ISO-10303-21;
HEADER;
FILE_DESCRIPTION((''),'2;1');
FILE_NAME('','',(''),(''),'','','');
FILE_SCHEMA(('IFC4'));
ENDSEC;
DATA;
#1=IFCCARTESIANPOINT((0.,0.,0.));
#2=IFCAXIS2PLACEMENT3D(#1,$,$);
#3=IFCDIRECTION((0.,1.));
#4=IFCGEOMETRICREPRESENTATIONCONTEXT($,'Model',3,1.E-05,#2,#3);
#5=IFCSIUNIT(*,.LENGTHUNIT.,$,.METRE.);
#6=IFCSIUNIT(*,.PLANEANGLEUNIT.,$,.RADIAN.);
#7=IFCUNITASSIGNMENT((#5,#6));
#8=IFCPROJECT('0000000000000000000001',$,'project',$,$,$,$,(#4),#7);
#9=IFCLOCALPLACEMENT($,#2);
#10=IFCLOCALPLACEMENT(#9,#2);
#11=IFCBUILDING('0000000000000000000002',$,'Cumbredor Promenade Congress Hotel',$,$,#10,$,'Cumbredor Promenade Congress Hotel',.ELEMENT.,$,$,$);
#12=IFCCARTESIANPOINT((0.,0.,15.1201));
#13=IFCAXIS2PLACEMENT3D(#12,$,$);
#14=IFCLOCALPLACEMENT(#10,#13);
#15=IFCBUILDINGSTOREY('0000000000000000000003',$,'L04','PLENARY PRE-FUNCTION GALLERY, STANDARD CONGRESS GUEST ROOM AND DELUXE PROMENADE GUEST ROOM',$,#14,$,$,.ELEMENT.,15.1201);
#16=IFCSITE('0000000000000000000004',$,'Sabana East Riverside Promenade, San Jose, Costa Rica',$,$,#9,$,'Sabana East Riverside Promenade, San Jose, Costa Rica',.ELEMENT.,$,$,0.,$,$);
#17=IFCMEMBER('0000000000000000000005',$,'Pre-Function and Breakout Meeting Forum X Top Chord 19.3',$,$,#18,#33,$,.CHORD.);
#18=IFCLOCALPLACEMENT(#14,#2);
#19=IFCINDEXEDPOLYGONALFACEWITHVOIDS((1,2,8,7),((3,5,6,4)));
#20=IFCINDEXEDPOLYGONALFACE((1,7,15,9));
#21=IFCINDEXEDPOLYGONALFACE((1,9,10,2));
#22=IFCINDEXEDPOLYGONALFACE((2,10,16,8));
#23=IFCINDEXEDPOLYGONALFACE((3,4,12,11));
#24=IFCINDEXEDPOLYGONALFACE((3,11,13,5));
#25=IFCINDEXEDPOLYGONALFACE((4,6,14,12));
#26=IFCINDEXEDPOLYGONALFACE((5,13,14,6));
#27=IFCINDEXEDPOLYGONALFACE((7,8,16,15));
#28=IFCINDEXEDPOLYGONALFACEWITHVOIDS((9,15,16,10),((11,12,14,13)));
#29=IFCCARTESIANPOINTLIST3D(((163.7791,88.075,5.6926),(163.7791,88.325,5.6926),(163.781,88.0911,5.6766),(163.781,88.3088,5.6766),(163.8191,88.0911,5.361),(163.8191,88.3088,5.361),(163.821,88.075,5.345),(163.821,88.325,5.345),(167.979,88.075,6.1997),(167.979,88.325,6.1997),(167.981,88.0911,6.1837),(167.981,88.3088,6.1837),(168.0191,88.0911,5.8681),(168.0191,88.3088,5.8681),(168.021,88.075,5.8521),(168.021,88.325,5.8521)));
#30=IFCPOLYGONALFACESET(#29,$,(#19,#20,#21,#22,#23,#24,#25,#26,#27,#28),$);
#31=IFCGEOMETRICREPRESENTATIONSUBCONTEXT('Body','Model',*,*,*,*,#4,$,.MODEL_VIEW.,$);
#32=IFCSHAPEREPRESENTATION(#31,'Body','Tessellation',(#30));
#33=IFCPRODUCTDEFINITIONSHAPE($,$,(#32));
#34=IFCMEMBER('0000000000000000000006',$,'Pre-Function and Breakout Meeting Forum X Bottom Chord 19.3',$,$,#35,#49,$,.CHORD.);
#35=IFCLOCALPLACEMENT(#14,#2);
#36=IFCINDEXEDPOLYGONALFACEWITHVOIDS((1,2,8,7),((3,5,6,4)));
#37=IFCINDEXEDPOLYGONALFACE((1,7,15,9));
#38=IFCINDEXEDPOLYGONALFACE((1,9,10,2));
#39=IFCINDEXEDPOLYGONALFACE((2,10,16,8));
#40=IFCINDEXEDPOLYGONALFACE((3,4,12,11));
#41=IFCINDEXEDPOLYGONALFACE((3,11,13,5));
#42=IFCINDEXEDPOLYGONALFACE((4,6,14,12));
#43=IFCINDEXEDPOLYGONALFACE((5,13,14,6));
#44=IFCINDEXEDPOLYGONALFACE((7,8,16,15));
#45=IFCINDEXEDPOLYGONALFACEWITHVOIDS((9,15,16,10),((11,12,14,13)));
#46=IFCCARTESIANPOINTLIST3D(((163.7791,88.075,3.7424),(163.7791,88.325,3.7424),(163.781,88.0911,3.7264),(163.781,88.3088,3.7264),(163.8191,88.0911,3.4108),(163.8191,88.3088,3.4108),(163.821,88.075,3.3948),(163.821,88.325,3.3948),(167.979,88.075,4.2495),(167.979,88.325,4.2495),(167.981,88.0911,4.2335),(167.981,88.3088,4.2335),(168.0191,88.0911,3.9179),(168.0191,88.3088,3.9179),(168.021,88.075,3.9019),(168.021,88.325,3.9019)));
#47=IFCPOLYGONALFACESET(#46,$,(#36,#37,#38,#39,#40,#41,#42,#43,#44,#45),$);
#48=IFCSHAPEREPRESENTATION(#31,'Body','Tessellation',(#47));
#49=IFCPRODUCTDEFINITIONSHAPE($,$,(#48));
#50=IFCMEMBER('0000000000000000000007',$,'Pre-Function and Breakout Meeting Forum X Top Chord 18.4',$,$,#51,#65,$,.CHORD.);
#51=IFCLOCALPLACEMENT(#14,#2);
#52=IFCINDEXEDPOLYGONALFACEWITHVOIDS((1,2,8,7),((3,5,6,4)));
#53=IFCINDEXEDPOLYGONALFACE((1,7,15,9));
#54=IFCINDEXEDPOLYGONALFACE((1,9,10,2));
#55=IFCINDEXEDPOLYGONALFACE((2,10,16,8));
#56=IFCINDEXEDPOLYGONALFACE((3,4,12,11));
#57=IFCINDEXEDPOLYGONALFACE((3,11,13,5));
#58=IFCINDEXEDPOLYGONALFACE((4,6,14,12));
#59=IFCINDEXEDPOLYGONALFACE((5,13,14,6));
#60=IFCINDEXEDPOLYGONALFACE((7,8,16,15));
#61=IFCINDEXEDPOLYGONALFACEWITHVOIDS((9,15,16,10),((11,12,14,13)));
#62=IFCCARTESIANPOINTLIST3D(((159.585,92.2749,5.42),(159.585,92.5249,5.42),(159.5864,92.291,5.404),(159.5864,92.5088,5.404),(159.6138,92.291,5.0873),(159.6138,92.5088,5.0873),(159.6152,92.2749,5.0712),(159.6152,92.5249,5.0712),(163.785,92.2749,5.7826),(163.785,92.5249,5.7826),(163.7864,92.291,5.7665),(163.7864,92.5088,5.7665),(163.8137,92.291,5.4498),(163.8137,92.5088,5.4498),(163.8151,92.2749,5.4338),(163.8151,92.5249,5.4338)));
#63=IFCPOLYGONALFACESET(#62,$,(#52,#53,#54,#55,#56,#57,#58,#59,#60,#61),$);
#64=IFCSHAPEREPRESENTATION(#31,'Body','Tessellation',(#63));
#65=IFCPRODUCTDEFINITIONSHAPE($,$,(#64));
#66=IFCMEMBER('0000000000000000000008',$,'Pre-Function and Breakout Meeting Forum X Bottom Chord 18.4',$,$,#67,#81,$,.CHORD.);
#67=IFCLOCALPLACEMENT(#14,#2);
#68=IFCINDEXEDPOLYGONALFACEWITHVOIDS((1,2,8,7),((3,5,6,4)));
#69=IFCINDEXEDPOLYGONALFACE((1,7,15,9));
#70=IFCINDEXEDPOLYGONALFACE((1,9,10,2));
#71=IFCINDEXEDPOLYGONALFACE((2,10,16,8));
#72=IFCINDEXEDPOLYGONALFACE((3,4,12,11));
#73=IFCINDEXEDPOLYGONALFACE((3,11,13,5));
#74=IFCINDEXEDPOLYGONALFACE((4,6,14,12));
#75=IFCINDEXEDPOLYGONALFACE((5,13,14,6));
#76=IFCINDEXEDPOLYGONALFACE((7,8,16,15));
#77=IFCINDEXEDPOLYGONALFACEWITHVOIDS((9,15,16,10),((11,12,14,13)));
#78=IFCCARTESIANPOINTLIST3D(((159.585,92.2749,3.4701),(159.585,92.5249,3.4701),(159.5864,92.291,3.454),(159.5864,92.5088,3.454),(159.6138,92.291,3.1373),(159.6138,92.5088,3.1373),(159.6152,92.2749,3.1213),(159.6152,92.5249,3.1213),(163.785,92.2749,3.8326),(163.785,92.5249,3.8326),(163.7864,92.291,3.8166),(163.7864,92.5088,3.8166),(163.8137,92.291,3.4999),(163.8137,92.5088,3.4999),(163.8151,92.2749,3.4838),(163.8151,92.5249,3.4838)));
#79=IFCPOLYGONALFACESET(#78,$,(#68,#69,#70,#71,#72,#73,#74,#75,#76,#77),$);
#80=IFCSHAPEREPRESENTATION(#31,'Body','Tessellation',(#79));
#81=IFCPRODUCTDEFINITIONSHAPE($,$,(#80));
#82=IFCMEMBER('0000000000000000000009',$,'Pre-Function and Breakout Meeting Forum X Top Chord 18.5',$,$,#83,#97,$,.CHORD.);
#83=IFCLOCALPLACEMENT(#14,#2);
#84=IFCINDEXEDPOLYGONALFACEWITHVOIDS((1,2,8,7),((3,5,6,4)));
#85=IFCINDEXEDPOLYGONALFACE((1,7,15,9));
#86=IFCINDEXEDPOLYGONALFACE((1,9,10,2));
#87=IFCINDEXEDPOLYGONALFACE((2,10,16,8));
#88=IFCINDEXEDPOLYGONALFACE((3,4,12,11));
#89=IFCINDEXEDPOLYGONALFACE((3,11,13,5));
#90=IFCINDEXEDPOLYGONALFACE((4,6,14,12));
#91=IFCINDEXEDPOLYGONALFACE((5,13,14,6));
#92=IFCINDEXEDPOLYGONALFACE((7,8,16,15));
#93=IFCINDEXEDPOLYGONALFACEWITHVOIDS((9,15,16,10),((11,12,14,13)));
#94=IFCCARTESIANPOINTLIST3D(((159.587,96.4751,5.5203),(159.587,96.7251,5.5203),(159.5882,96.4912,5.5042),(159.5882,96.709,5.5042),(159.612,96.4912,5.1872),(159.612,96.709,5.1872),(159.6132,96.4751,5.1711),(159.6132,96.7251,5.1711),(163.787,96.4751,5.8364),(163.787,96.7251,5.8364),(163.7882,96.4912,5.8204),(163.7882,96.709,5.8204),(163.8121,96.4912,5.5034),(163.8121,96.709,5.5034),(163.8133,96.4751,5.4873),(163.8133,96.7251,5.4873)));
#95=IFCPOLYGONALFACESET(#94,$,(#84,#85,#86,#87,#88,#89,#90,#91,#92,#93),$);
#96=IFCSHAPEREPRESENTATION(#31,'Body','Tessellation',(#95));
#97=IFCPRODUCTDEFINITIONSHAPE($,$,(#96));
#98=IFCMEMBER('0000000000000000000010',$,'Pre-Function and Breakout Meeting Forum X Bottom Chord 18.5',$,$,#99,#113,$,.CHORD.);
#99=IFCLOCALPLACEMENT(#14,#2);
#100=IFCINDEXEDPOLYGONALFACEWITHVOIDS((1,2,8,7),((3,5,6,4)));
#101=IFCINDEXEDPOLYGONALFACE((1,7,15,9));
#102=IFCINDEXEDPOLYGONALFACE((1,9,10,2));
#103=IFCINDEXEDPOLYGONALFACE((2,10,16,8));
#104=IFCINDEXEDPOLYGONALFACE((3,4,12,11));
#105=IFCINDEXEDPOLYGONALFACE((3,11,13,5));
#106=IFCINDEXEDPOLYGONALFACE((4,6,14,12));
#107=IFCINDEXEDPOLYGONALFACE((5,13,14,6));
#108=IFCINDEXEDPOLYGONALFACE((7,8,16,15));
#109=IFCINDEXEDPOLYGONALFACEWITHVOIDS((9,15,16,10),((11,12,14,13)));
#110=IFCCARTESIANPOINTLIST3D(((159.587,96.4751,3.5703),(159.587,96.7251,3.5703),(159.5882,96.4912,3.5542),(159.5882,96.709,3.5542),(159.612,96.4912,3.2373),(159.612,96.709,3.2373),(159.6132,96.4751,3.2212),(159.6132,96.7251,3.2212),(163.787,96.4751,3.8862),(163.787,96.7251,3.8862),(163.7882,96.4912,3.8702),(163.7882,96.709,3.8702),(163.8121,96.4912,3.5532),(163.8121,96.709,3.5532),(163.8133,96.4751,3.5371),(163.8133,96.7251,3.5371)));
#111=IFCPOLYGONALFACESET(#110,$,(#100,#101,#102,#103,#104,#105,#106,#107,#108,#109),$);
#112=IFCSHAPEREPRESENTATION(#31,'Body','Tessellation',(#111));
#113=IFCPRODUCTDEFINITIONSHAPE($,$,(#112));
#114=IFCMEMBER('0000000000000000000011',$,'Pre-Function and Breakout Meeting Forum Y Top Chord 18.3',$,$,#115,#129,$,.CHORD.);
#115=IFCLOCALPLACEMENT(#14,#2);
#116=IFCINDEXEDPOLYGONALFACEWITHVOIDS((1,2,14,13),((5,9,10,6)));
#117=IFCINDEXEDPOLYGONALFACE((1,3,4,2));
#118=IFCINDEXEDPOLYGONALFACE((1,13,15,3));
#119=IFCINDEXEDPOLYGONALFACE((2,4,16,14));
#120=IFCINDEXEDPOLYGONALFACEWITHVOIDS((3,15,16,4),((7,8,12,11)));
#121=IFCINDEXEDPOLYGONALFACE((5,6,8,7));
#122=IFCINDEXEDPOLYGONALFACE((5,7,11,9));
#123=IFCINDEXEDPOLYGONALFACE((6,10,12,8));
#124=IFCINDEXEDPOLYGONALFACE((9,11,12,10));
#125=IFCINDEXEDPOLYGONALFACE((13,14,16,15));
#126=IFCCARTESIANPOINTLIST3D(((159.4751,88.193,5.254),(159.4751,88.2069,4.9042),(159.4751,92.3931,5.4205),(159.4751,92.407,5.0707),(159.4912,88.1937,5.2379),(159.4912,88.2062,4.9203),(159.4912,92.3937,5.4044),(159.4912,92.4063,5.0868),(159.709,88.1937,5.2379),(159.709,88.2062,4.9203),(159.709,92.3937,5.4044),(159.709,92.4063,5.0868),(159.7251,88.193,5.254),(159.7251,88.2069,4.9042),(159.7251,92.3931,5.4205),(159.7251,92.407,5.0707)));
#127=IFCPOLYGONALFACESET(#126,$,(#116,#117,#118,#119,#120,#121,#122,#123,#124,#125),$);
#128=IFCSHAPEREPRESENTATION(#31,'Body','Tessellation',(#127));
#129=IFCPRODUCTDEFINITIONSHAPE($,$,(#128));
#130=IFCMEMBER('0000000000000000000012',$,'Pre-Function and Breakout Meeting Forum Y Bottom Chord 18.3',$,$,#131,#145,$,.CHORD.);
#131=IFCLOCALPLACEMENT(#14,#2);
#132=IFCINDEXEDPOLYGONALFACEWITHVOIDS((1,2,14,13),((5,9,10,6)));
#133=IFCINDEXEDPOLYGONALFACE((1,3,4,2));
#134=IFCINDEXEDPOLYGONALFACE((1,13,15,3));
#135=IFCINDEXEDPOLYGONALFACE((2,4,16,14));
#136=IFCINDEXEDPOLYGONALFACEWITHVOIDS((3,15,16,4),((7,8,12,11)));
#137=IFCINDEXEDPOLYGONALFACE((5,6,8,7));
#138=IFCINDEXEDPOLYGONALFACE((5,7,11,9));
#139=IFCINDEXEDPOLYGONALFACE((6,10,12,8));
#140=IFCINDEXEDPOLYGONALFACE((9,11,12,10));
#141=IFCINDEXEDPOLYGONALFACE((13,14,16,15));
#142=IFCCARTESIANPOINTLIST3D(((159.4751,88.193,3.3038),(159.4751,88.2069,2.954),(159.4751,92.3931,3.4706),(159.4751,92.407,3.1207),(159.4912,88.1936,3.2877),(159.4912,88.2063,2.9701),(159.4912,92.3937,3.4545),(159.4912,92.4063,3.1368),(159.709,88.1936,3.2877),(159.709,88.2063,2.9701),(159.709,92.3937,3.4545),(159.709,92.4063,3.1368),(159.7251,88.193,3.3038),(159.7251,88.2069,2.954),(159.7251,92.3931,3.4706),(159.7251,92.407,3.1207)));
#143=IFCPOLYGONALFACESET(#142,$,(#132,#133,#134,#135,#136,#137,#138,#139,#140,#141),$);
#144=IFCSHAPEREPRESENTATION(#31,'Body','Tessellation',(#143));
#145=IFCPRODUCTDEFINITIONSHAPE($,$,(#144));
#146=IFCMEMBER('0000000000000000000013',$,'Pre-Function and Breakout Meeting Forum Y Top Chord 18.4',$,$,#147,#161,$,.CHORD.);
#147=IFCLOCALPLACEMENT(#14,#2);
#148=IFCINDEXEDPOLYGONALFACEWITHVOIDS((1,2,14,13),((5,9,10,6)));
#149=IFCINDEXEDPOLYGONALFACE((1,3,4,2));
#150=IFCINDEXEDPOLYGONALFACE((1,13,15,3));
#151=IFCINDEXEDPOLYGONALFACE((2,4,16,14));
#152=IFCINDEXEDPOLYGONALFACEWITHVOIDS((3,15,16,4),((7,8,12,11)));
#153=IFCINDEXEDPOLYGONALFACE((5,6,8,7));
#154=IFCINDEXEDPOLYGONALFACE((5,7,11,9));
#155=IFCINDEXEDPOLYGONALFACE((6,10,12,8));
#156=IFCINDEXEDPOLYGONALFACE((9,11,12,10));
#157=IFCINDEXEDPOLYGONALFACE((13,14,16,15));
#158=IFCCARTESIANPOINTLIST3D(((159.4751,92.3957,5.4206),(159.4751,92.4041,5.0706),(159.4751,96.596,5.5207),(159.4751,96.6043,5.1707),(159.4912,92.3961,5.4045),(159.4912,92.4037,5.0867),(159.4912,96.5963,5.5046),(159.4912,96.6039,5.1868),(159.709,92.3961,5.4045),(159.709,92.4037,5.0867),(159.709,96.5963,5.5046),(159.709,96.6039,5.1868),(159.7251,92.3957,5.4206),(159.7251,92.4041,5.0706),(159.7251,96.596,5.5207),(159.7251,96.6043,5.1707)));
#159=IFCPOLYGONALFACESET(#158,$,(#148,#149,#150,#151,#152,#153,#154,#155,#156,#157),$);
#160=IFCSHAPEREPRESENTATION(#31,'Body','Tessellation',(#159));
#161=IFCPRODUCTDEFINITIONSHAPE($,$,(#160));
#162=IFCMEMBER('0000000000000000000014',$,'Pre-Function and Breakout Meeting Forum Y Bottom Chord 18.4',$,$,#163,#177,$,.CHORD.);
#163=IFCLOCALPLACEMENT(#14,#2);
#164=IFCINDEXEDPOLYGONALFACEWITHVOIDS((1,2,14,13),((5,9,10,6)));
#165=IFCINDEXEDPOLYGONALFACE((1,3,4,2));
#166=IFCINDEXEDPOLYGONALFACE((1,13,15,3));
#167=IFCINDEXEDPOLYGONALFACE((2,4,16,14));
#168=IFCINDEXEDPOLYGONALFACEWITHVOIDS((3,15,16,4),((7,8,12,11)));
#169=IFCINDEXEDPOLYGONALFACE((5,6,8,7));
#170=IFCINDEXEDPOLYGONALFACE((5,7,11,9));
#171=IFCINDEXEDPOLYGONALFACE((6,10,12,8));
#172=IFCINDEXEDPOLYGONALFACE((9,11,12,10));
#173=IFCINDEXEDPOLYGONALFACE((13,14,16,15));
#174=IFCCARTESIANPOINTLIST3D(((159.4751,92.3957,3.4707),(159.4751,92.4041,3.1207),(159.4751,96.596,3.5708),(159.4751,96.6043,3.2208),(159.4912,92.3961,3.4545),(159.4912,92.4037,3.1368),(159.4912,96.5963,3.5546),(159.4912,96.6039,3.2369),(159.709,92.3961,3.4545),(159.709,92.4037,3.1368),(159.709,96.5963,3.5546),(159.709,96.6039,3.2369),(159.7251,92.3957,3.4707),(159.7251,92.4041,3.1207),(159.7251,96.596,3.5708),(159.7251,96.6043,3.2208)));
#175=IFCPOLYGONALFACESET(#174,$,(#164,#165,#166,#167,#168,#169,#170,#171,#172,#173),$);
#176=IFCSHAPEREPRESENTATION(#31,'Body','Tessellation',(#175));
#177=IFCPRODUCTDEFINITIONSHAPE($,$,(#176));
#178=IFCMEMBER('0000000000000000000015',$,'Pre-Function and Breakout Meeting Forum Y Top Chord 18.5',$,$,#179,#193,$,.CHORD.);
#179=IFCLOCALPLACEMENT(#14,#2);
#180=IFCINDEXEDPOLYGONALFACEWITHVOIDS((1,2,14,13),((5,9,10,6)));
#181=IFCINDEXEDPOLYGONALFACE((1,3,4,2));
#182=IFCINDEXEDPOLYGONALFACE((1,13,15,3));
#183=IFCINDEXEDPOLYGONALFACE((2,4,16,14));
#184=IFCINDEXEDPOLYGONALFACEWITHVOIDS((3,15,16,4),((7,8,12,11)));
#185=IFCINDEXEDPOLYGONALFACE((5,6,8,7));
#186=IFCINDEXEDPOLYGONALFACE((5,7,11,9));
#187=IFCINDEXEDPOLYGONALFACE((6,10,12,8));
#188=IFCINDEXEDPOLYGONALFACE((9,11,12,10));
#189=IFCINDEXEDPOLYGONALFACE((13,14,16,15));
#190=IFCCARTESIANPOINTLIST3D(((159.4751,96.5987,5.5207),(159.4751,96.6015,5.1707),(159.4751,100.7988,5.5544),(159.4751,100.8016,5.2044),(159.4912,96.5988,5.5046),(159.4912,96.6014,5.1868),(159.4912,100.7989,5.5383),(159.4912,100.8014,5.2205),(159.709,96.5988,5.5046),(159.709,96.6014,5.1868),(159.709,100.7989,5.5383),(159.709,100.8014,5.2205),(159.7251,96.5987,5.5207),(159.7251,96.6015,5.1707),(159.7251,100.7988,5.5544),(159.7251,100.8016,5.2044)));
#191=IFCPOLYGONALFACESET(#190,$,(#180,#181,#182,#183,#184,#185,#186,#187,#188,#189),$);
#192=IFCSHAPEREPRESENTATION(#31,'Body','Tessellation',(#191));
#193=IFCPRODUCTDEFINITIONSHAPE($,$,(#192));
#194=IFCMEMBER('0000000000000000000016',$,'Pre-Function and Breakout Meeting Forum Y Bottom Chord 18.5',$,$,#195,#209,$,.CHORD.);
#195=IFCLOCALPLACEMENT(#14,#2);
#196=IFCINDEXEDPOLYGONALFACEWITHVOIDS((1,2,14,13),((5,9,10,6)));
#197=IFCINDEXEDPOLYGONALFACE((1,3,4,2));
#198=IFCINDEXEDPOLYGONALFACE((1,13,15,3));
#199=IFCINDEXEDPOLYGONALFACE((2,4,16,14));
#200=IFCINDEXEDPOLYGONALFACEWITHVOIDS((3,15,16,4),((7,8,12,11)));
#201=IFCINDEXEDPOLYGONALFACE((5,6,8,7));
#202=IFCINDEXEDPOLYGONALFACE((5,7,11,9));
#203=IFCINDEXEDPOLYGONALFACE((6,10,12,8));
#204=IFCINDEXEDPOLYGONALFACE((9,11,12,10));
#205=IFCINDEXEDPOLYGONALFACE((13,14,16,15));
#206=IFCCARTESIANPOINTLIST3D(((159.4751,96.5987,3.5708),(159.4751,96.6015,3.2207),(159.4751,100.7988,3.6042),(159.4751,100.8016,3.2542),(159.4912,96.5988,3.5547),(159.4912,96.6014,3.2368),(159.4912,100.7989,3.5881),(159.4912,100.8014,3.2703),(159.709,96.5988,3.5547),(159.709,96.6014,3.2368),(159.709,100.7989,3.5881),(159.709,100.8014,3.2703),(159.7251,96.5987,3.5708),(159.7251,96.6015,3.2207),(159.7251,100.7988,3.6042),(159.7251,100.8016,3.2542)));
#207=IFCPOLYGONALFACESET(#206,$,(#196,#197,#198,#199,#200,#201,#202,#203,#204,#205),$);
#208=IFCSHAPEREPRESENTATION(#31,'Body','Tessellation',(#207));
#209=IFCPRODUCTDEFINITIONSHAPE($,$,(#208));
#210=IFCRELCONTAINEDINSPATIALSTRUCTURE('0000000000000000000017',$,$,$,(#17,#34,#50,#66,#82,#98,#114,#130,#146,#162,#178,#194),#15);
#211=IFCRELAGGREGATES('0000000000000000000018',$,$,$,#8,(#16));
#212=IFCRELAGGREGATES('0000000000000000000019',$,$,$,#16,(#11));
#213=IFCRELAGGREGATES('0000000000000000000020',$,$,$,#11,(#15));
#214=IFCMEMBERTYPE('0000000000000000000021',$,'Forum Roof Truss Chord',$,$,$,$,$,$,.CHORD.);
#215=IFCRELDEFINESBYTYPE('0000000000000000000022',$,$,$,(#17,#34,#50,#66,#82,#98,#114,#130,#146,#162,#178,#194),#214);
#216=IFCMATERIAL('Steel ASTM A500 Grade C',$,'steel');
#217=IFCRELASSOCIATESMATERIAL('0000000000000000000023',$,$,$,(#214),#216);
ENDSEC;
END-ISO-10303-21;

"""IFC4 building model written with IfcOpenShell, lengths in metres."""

from ifc_helpers import new_model, si_unit, direction, frame, origin, origin_2d, place, context, subcontext, project, spatial, hollow_rectangle, extrude, material, material_profile, profile_set, type_object, element, save


model = new_model("IFC4")

# Units and contexts
model_context = context("Model", 3, precision=1e-05, world=origin(), true_north=direction((0.0, 1.0)))
body_context = subcontext(model_context, "Body", "Model", "MODEL_VIEW")
ifc_project = project(units=[si_unit("LENGTHUNIT", "METRE"), si_unit("PLANEANGLEUNIT", "RADIAN")], contexts=[model_context])

# Site, building, storey
site_placement = place(None, origin())
site = spatial("IfcSite", under=ifc_project, at=site_placement, Name="Sabana East Riverside Promenade, San Jose, Costa Rica", LongName="Sabana East Riverside Promenade, San Jose, Costa Rica", CompositionType="ELEMENT", RefElevation=0.0)
building_placement = place(site_placement, origin())
building = spatial("IfcBuilding", under=site, at=building_placement, Name="Cumbredor Promenade Congress Hotel", LongName="Cumbredor Promenade Congress Hotel", CompositionType="ELEMENT")
storey_placement = place(building_placement, frame((0.0, 0.0, 15.1201)))
storey = spatial("IfcBuildingStorey", under=building, at=storey_placement, Name="L04", Description="PLENARY PRE-FUNCTION GALLERY, STANDARD CONGRESS GUEST ROOM AND DELUXE PROMENADE GUEST ROOM", CompositionType="ELEMENT", Elevation=15.1201)

# Members
ifc_material_1 = material(Name="Steel ASTM A500 Grade C", Category="steel")
ifc_material_profile_1 = material_profile(ifc_material_1, hollow_rectangle(XDim=0.25, YDim=0.3501, WallThickness=0.0161, at=origin_2d()), Name="HSS 350x250x16")
ifc_profile_set_1 = profile_set([ifc_material_profile_1], Name="Steel ASTM A500 Grade C")
member_type_1 = type_object("IfcMemberType", Name="Forum Roof Truss Chord", PredefinedType="CHORD", material=ifc_profile_set_1)
for number, where, z_axis, x_axis, name in (
    (1, (163.8, 88.2, 5.5188), (0.99279, 0.0, 0.119864), (0.0, 1.0, 0.0), "Pre-Function and Breakout Meeting Forum X Top Chord 19.3"),
    (2, (163.8, 88.2, 3.5686), (0.99279, 0.0, 0.119864), (0.0, 1.0, 0.0), "Pre-Function and Breakout Meeting Forum X Bottom Chord 19.3"),
):
    element("IfcMember", number, at=place(storey_placement, frame(where, z_axis=z_axis, x_axis=x_axis)), inside=storey, type_object=member_type_1, Name=name, PredefinedType="CHORD", context=body_context, shape_type="SweptSolid", body=[
        extrude(hollow_rectangle(XDim=0.25, YDim=0.3501, WallThickness=0.0161, at=origin_2d()), origin(), (0.0, 0.0, 1.0), 4.2305),
    ])
for number, where, z_axis, x_axis, name in (
    (3, (159.6001, 92.3999, 5.2456), (0.996295, 0.0, 0.086002), (0.0, 1.0, 0.0), "Pre-Function and Breakout Meeting Forum X Top Chord 18.4"),
    (4, (159.6001, 92.3999, 3.2957), (0.996295, 0.0, 0.086002), (0.0, 1.0, 0.0), "Pre-Function and Breakout Meeting Forum X Bottom Chord 18.4"),
):
    element("IfcMember", number, at=place(storey_placement, frame(where, z_axis=z_axis, x_axis=x_axis)), inside=storey, type_object=member_type_1, Name=name, PredefinedType="CHORD", context=body_context, shape_type="SweptSolid", body=[
        extrude(hollow_rectangle(XDim=0.25, YDim=0.3501, WallThickness=0.0161, at=origin_2d()), origin(), (0.0, 0.0, 1.0), 4.2156),
    ])
for number, where, z_axis, x_axis, name in (
    (5, (159.6001, 96.6001, 5.3457), (0.997179, 0.0, 0.075065), (0.0, 1.0, 0.0), "Pre-Function and Breakout Meeting Forum X Top Chord 18.5"),
    (6, (159.6001, 96.6001, 3.3958), (0.997183, 0.0, 0.075008), (0.0, 1.0, 0.0), "Pre-Function and Breakout Meeting Forum X Bottom Chord 18.5"),
):
    element("IfcMember", number, at=place(storey_placement, frame(where, z_axis=z_axis, x_axis=x_axis)), inside=storey, type_object=member_type_1, Name=name, PredefinedType="CHORD", context=body_context, shape_type="SweptSolid", body=[
        extrude(hollow_rectangle(XDim=0.25, YDim=0.3501, WallThickness=0.0161, at=origin_2d()), origin(), (0.0, 0.0, 1.0), 4.2119),
    ])
for number, where, z_axis, x_axis, name in (
    (7, (159.6001, 88.2, 5.0791), (0.0, 0.999215, 0.039613), (-1.0, 0.0, 0.0), "Pre-Function and Breakout Meeting Forum Y Top Chord 18.3"),
    (8, (159.6001, 88.2, 3.1289), (0.0, 0.999213, 0.039671), (-1.0, 0.0, 0.0), "Pre-Function and Breakout Meeting Forum Y Bottom Chord 18.3"),
):
    element("IfcMember", number, at=place(storey_placement, frame(where, z_axis=z_axis, x_axis=x_axis)), inside=storey, type_object=member_type_1, Name=name, PredefinedType="CHORD", context=body_context, shape_type="SweptSolid", body=[
        extrude(hollow_rectangle(XDim=0.25, YDim=0.3501, WallThickness=0.0161, at=origin_2d()), origin(), (0.0, 0.0, 1.0), 4.2034),
    ])
for number, where, z_axis, x_axis, name in (
    (9, (159.6001, 92.3999, 5.2456), (0.0, 0.999716, 0.023825), (-1.0, 0.0, 0.0), "Pre-Function and Breakout Meeting Forum Y Top Chord 18.4"),
    (10, (159.6001, 92.3999, 3.2957), (0.0, 0.999716, 0.023825), (-1.0, 0.0, 0.0), "Pre-Function and Breakout Meeting Forum Y Bottom Chord 18.4"),
):
    element("IfcMember", number, at=place(storey_placement, frame(where, z_axis=z_axis, x_axis=x_axis)), inside=storey, type_object=member_type_1, Name=name, PredefinedType="CHORD", context=body_context, shape_type="SweptSolid", body=[
        extrude(hollow_rectangle(XDim=0.25, YDim=0.3501, WallThickness=0.0161, at=origin_2d()), origin(), (0.0, 0.0, 1.0), 4.2014),
    ])
for number, where, z_axis, x_axis, name in (
    (11, (159.6001, 96.6001, 5.3457), (0.0, 0.999968, 0.008022), (-1.0, 0.0, 0.0), "Pre-Function and Breakout Meeting Forum Y Top Chord 18.5"),
    (12, (159.6001, 96.6001, 3.3958), (0.0, 0.999968, 0.007963), (-1.0, 0.0, 0.0), "Pre-Function and Breakout Meeting Forum Y Bottom Chord 18.5"),
):
    element("IfcMember", number, at=place(storey_placement, frame(where, z_axis=z_axis, x_axis=x_axis)), inside=storey, type_object=member_type_1, Name=name, PredefinedType="CHORD", context=body_context, shape_type="SweptSolid", body=[
        extrude(hollow_rectangle(XDim=0.25, YDim=0.3501, WallThickness=0.0161, at=origin_2d()), origin(), (0.0, 0.0, 1.0), 4.2002),
    ])

save(model, "model.ifc")
